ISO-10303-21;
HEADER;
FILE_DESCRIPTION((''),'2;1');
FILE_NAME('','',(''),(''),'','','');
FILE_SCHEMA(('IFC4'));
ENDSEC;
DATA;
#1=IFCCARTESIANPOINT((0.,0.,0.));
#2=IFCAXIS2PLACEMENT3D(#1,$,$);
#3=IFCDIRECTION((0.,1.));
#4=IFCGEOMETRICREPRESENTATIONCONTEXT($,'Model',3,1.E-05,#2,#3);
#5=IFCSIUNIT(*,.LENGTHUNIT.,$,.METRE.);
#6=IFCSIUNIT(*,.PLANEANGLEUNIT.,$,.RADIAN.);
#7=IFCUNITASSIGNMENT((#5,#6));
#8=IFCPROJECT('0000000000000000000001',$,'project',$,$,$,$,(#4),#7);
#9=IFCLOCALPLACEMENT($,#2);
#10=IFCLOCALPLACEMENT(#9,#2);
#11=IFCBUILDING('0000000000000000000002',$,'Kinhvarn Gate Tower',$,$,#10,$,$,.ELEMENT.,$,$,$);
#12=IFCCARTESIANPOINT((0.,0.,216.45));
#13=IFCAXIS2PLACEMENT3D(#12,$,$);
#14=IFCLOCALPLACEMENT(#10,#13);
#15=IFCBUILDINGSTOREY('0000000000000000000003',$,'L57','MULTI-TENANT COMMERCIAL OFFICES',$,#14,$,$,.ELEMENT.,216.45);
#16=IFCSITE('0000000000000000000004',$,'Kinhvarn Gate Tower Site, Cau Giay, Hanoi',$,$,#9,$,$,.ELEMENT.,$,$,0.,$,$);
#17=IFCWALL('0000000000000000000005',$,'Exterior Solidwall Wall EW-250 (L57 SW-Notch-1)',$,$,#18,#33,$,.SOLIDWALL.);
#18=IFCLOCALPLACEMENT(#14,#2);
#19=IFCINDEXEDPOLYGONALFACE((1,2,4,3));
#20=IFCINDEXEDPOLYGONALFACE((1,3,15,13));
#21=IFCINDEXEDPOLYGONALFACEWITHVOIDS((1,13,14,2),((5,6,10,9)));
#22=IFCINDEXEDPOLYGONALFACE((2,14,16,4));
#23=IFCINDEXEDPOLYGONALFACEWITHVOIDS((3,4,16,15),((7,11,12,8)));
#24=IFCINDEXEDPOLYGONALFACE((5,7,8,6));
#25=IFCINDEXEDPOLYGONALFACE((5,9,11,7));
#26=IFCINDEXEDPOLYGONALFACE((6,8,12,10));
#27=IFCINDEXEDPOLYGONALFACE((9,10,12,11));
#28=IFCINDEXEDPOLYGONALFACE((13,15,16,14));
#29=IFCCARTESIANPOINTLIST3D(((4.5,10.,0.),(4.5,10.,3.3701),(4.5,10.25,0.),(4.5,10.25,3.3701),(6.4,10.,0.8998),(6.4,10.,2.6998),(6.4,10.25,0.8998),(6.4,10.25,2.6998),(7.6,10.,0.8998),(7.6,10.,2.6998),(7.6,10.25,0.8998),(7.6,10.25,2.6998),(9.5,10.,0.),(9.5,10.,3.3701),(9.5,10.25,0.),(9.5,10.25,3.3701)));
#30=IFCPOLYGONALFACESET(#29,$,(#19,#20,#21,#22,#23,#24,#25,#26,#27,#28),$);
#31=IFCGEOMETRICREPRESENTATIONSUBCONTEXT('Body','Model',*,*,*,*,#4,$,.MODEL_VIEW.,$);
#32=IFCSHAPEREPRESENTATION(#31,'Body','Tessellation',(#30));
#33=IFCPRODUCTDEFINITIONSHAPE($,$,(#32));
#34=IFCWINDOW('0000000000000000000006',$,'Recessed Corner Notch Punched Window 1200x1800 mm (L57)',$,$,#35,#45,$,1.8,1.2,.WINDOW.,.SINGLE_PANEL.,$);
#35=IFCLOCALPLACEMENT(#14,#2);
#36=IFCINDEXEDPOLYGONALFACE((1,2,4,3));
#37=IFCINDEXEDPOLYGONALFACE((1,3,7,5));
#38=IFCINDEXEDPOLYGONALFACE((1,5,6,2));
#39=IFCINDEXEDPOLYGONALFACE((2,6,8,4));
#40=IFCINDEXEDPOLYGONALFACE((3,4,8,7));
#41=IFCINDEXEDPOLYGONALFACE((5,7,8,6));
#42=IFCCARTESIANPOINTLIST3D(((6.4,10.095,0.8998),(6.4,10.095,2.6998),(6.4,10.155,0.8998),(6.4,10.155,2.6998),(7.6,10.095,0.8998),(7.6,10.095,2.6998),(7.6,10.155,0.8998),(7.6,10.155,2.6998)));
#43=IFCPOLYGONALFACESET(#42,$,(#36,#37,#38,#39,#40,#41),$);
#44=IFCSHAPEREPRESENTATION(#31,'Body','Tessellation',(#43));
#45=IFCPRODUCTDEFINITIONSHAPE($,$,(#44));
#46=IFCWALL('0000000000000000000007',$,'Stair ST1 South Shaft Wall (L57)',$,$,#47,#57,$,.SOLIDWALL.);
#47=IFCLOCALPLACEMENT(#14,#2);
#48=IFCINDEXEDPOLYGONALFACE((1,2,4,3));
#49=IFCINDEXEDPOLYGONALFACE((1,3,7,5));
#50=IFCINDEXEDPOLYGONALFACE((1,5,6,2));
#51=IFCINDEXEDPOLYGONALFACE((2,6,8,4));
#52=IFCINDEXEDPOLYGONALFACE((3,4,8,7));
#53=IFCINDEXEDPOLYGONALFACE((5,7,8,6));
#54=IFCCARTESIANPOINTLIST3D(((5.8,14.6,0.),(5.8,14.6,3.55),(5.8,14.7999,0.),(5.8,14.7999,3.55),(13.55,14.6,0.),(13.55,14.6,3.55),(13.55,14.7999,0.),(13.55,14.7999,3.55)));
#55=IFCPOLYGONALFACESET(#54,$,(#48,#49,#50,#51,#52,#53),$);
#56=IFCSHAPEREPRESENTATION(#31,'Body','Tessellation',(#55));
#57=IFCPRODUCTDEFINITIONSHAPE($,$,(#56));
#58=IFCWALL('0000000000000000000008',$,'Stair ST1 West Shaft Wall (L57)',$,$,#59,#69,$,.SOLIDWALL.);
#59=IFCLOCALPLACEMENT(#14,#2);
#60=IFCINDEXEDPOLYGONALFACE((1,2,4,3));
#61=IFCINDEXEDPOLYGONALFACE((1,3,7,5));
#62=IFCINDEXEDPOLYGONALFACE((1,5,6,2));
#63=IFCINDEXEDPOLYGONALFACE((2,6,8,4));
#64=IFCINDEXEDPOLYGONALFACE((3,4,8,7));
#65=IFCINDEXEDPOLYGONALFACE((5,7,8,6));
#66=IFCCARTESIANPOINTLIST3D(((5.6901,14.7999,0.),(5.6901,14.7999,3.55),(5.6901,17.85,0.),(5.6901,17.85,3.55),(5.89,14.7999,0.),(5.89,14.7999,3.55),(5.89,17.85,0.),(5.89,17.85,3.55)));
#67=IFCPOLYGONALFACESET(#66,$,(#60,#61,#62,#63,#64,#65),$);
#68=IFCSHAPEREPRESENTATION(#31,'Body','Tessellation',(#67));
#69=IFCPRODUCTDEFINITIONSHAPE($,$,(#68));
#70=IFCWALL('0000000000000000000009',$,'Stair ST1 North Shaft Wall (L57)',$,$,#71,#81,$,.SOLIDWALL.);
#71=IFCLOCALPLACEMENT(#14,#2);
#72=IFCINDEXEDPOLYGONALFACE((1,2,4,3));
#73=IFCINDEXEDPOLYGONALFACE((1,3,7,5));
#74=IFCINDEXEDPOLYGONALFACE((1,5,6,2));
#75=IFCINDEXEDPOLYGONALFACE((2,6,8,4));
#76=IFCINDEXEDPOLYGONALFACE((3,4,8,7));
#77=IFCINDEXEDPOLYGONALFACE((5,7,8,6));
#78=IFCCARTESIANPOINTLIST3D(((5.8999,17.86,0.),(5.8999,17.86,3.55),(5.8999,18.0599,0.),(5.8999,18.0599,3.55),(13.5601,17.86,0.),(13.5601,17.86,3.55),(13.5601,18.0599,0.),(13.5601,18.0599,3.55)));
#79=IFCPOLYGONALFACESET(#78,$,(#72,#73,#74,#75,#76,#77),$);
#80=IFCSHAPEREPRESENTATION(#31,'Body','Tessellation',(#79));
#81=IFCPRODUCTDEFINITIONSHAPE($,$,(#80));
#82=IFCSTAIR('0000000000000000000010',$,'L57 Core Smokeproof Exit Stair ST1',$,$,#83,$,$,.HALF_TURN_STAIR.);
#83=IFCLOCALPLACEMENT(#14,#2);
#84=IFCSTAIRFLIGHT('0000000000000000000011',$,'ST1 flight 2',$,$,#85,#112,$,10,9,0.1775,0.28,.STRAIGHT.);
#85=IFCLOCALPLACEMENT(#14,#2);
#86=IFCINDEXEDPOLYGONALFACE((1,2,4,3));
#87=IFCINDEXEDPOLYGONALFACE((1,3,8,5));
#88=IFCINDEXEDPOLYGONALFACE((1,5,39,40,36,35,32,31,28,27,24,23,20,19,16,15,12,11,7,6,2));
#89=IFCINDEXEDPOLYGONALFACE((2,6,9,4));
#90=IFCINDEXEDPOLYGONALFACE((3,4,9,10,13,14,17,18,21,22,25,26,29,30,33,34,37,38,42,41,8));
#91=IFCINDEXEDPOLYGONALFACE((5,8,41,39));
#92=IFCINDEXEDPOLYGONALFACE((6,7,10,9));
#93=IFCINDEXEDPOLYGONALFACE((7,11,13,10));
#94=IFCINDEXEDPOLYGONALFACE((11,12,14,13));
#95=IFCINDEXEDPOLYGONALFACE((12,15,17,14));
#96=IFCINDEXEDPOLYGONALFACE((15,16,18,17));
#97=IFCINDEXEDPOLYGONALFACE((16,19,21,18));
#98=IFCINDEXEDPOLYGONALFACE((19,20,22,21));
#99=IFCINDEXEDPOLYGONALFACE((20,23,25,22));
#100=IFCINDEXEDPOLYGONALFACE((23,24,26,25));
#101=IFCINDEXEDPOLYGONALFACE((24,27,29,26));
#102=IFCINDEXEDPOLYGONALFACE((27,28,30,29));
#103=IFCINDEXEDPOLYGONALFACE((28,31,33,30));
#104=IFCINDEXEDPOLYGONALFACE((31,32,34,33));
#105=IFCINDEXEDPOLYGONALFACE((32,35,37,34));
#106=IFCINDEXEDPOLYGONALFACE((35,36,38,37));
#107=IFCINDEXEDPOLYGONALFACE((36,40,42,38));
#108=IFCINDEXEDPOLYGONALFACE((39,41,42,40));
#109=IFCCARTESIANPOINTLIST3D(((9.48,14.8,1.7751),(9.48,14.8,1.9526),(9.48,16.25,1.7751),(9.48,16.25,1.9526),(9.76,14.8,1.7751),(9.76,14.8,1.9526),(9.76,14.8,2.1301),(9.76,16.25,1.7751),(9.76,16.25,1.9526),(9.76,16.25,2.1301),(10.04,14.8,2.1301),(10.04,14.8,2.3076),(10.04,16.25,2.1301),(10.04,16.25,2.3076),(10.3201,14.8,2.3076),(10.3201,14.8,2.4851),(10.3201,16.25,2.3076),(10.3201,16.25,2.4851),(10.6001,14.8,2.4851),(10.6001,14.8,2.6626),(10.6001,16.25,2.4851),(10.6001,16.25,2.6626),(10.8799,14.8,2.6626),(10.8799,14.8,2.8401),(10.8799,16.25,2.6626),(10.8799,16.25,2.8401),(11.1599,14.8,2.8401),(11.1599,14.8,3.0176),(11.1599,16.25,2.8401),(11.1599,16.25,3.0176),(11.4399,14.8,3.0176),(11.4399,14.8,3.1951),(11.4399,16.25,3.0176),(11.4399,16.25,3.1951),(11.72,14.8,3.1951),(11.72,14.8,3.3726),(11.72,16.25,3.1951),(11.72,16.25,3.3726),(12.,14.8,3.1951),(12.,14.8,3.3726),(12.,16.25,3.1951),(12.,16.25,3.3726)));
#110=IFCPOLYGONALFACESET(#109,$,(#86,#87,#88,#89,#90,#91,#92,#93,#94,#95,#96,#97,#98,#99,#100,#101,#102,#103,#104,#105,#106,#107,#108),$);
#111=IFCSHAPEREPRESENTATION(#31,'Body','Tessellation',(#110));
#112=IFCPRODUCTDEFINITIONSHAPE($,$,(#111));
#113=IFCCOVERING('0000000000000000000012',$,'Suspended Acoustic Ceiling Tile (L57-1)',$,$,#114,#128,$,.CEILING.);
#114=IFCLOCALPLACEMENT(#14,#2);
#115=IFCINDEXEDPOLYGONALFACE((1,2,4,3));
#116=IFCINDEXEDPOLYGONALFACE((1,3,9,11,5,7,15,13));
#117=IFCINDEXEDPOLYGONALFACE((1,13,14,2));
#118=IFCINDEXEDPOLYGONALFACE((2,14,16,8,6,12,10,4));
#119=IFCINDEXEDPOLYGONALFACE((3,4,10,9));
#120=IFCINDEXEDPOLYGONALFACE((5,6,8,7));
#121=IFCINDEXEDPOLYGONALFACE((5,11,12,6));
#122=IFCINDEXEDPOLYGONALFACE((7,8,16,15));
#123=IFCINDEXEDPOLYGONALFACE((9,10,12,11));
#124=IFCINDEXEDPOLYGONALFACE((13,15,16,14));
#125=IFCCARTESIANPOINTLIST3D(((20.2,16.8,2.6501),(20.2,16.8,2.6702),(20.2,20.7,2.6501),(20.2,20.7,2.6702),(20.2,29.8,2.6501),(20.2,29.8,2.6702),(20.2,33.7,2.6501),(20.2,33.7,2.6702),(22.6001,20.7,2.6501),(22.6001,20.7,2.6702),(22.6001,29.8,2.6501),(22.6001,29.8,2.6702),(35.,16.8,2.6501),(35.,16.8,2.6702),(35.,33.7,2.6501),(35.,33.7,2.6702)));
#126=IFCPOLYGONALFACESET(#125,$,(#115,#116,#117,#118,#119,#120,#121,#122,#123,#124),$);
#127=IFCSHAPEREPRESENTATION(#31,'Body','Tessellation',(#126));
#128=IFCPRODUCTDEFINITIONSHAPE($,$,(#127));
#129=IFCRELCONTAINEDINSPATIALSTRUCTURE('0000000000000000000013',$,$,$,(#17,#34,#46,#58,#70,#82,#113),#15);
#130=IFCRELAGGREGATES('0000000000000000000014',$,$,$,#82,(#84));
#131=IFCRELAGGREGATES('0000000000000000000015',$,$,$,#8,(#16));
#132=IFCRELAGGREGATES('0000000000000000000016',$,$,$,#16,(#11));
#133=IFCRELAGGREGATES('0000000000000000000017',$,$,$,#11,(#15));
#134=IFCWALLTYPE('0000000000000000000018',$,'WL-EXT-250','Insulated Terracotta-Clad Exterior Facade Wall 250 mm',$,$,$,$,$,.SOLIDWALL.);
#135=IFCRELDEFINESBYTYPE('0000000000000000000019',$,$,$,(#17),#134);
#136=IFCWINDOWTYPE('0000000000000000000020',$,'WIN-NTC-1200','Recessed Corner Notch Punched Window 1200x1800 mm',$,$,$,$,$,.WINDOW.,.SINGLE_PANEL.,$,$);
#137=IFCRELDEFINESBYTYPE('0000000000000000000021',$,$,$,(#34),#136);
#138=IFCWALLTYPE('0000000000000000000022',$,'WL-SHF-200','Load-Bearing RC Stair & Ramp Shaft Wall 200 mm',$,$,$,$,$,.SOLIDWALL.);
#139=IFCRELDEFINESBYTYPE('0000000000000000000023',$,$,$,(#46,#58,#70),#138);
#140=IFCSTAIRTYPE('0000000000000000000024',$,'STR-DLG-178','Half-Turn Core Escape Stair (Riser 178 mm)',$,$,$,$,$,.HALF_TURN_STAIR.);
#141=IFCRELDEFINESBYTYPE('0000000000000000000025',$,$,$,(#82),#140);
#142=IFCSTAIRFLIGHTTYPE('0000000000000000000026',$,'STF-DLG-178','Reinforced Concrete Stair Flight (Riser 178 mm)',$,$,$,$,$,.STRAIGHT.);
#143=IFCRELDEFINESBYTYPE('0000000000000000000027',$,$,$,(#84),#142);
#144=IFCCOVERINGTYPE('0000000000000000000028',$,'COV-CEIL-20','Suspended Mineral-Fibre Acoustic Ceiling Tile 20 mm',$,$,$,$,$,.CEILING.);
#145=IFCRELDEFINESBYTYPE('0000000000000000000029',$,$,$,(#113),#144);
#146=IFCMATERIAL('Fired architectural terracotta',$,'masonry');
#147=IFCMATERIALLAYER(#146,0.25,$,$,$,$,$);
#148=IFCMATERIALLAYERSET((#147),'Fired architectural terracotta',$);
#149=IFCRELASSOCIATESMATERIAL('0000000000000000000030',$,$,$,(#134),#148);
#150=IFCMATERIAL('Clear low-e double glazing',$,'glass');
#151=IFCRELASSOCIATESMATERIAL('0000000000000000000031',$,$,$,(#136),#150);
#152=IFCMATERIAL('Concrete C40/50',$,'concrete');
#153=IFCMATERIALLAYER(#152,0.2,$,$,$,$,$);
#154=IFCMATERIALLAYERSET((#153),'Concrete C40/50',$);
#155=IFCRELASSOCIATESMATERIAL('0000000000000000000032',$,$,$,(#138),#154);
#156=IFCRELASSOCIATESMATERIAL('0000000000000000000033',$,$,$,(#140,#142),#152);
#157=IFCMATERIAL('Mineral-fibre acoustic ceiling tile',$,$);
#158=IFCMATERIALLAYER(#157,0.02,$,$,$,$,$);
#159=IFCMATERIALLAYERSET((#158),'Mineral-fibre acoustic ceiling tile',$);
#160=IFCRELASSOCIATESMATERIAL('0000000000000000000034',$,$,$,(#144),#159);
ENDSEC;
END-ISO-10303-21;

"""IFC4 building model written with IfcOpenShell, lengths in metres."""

from ifc_helpers import new_model, si_unit, direction, frame, frame_2d, origin, place, context, subcontext, project, spatial, polyline, rectangle, outline, extrude, material, layer, layer_set, type_object, element, fill, aggregate, save


model = new_model("IFC4")

# Units and contexts
model_context = context("Model", 3, precision=1e-05, world=origin(), true_north=direction((0.0, 1.0)))
body_context = subcontext(model_context, "Body", "Model", "MODEL_VIEW")
ifc_project = project(units=[si_unit("LENGTHUNIT", "METRE"), si_unit("PLANEANGLEUNIT", "RADIAN")], contexts=[model_context])

# Site, building, storey
site_placement = place(None, origin())
site = spatial("IfcSite", under=ifc_project, at=site_placement, Name="Kinhvarn Gate Tower Site, Cau Giay, Hanoi", CompositionType="ELEMENT", RefElevation=0.0)
building_placement = place(site_placement, origin())
building = spatial("IfcBuilding", under=site, at=building_placement, Name="Kinhvarn Gate Tower", CompositionType="ELEMENT")
storey_placement = place(building_placement, frame((0.0, 0.0, 216.45)))
storey = spatial("IfcBuildingStorey", under=building, at=storey_placement, Name="L57", Description="MULTI-TENANT COMMERCIAL OFFICES", CompositionType="ELEMENT", Elevation=216.45)

# Wall, opening, window
ifc_material_1 = material(Name="Fired architectural terracotta", Category="masonry")
ifc_layer_1 = layer(ifc_material_1, 0.25)
ifc_layer_set_1 = layer_set([ifc_layer_1], Name="Fired architectural terracotta")
wall_type_1 = type_object("IfcWallType", Name="WL-EXT-250", Description="Insulated Terracotta-Clad Exterior Facade Wall 250 mm", PredefinedType="SOLIDWALL", material=ifc_layer_set_1)
ifc_material_2 = material(Name="Clear low-e double glazing", Category="glass")
wall_1_placement = place(storey_placement, frame((4.5, 10.125, 0.0), z_axis=(0.0, 0.0, 1.0), x_axis=(1.0, 0.0, 0.0)))
wall_1 = element("IfcWall", 1, at=wall_1_placement, inside=storey, type_object=wall_type_1, Name="Exterior Solidwall Wall EW-250 (L57 SW-Notch-1)", PredefinedType="SOLIDWALL", context=body_context, shape_type="SweptSolid", body=[
    extrude(rectangle(XDim=5.0, YDim=0.25, at=frame_2d((2.5, 0.0))), origin(), (0.0, 0.0, 1.0), 3.3701),
])
opening_1_placement = place(wall_1_placement, frame((1.8999, 0.0, 0.8999)))
opening_1 = element("IfcOpeningElement", 2, at=opening_1_placement, cuts=wall_1, PredefinedType="OPENING", context=body_context, shape_type="SweptSolid", body=[
    extrude(rectangle(XDim=1.2, YDim=1.8, at=frame_2d((0.6001, 0.8999))), frame((0.0, 0.135, 0.0), z_axis=(0.0, -1.0, 0.0), x_axis=(1.0, 0.0, 0.0)), (0.0, 0.0, 1.0), 0.27),
])
window_type_1 = type_object("IfcWindowType", Name="WIN-NTC-1200", Description="Recessed Corner Notch Punched Window 1200x1800 mm", PartitioningType="SINGLE_PANEL", PredefinedType="WINDOW", material=ifc_material_2)
window_1_placement = place(opening_1_placement, origin())
window_1 = element("IfcWindow", 3, at=window_1_placement, inside=storey, type_object=window_type_1, Name="Recessed Corner Notch Punched Window 1200x1800 mm (L57)", OverallHeight=1.8, OverallWidth=1.2, PartitioningType="SINGLE_PANEL", PredefinedType="WINDOW", context=body_context, shape_type="SweptSolid", body=[
    extrude(rectangle(XDim=1.2, YDim=1.8, at=frame_2d((0.6001, 0.8999))), frame((0.0, 0.03, 0.0), z_axis=(0.0, -1.0, 0.0), x_axis=(1.0, 0.0, 0.0)), (0.0, 0.0, 1.0), 0.0601),
])
fill(opening_1, window_1)

# Walls
ifc_material_3 = material(Name="Concrete C40/50", Category="concrete")
ifc_layer_2 = layer(ifc_material_3, 0.2)
ifc_layer_set_2 = layer_set([ifc_layer_2], Name="Concrete C40/50")
wall_type_2 = type_object("IfcWallType", Name="WL-SHF-200", Description="Load-Bearing RC Stair & Ramp Shaft Wall 200 mm", PredefinedType="SOLIDWALL", material=ifc_layer_set_2)
wall_2_placement = place(storey_placement, frame((5.8, 14.7, 0.0), z_axis=(0.0, 0.0, 1.0), x_axis=(1.0, 0.0, 0.0)))
element("IfcWall", 4, at=wall_2_placement, inside=storey, type_object=wall_type_2, Name="Stair ST1 South Shaft Wall (L57)", PredefinedType="SOLIDWALL", context=body_context, shape_type="SweptSolid", body=[
    extrude(rectangle(XDim=7.75, YDim=0.2, at=frame_2d((3.875, 0.0))), origin(), (0.0, 0.0, 1.0), 3.55),
])
wall_3_placement = place(storey_placement, frame((5.79, 14.8, 0.0), z_axis=(0.0, 0.0, 1.0), x_axis=(0.0, 1.0, 0.0)))
element("IfcWall", 5, at=wall_3_placement, inside=storey, type_object=wall_type_2, Name="Stair ST1 West Shaft Wall (L57)", PredefinedType="SOLIDWALL", context=body_context, shape_type="SweptSolid", body=[
    extrude(rectangle(XDim=3.05, YDim=0.2, at=frame_2d((1.5249, 0.0))), origin(), (0.0, 0.0, 1.0), 3.55),
])
wall_4_placement = place(storey_placement, frame((5.8999, 17.96, 0.0), z_axis=(0.0, 0.0, 1.0), x_axis=(1.0, 0.0, 0.0)))
element("IfcWall", 6, at=wall_4_placement, inside=storey, type_object=wall_type_2, Name="Stair ST1 North Shaft Wall (L57)", PredefinedType="SOLIDWALL", context=body_context, shape_type="SweptSolid", body=[
    extrude(rectangle(XDim=7.6602, YDim=0.2, at=frame_2d((3.8301, 0.0))), origin(), (0.0, 0.0, 1.0), 3.55),
])

# Stair, stair flight
stair_type = type_object("IfcStairType", Name="STR-DLG-178", Description="Half-Turn Core Escape Stair (Riser 178 mm)", PredefinedType="HALF_TURN_STAIR", material=ifc_material_3)
stair_placement = place(storey_placement, origin())
stair = element("IfcStair", 7, at=stair_placement, inside=storey, type_object=stair_type, Name="L57 Core Smokeproof Exit Stair ST1", PredefinedType="HALF_TURN_STAIR")
stair_flight_type = type_object("IfcStairFlightType", Name="STF-DLG-178", Description="Reinforced Concrete Stair Flight (Riser 178 mm)", PredefinedType="STRAIGHT", material=ifc_material_3)
stair_flight_placement = place(storey_placement, frame((9.48, 15.5249, 1.7751), z_axis=(0.0, 0.0, 1.0), x_axis=(1.0, 0.0, 0.0)))
stair_flight = element("IfcStairFlight", 8, at=stair_flight_placement, type_object=stair_flight_type, Name="ST1 flight 2", NumberOfRisers=10, NumberOfTreads=9, PredefinedType="STRAIGHT", RiserHeight=0.1775, TreadLength=0.28, context=body_context, shape_type="SweptSolid", body=[
    extrude(outline(polyline([(0.0, 0.0), (0.0, 0.1775), (0.28, 0.1775), (0.28, 0.355), (0.5601, 0.355), (0.5601, 0.5325), (0.8401, 0.5325), (0.8401, 0.71), (1.1201, 0.71), (1.1201, 0.8875), (1.3999, 0.8875), (1.3999, 1.0649), (1.6799, 1.0649), (1.6799, 1.2424), (1.96, 1.2424), (1.96, 1.4199), (2.24, 1.4199), (2.24, 1.5974), (2.52, 1.5974), (2.52, 1.7749), (2.52, 1.4199), (0.28, 0.0), (0.0, 0.0)])), frame((0.0, 0.7251, 0.0), z_axis=(0.0, -1.0, 0.0), x_axis=(1.0, 0.0, 0.0)), (0.0, 0.0, 1.0), 1.45),
])
aggregate(stair, [stair_flight])

# Covering
ifc_material_4 = material(Name="Mineral-fibre acoustic ceiling tile")
ifc_layer_3 = layer(ifc_material_4, 0.02)
ifc_layer_set_3 = layer_set([ifc_layer_3], Name="Mineral-fibre acoustic ceiling tile")
covering_type = type_object("IfcCoveringType", Name="COV-CEIL-20", Description="Suspended Mineral-Fibre Acoustic Ceiling Tile 20 mm", PredefinedType="CEILING", material=ifc_layer_set_3)
covering_placement = place(storey_placement, frame((0.0, 0.0, 2.6501)))
element("IfcCovering", 9, at=covering_placement, inside=storey, type_object=covering_type, Name="Suspended Acoustic Ceiling Tile (L57-1)", PredefinedType="CEILING", context=body_context, shape_type="SweptSolid", body=[
    extrude(outline(polyline([(35.0, 33.7), (35.0, 16.8), (20.2, 16.8), (20.2, 20.7), (22.6001, 20.7), (22.6001, 29.8), (20.2, 29.8), (20.2, 33.7), (35.0, 33.7)])), origin(), (0.0, 0.0, 1.0), 0.02),
])

save(model, "model.ifc")
